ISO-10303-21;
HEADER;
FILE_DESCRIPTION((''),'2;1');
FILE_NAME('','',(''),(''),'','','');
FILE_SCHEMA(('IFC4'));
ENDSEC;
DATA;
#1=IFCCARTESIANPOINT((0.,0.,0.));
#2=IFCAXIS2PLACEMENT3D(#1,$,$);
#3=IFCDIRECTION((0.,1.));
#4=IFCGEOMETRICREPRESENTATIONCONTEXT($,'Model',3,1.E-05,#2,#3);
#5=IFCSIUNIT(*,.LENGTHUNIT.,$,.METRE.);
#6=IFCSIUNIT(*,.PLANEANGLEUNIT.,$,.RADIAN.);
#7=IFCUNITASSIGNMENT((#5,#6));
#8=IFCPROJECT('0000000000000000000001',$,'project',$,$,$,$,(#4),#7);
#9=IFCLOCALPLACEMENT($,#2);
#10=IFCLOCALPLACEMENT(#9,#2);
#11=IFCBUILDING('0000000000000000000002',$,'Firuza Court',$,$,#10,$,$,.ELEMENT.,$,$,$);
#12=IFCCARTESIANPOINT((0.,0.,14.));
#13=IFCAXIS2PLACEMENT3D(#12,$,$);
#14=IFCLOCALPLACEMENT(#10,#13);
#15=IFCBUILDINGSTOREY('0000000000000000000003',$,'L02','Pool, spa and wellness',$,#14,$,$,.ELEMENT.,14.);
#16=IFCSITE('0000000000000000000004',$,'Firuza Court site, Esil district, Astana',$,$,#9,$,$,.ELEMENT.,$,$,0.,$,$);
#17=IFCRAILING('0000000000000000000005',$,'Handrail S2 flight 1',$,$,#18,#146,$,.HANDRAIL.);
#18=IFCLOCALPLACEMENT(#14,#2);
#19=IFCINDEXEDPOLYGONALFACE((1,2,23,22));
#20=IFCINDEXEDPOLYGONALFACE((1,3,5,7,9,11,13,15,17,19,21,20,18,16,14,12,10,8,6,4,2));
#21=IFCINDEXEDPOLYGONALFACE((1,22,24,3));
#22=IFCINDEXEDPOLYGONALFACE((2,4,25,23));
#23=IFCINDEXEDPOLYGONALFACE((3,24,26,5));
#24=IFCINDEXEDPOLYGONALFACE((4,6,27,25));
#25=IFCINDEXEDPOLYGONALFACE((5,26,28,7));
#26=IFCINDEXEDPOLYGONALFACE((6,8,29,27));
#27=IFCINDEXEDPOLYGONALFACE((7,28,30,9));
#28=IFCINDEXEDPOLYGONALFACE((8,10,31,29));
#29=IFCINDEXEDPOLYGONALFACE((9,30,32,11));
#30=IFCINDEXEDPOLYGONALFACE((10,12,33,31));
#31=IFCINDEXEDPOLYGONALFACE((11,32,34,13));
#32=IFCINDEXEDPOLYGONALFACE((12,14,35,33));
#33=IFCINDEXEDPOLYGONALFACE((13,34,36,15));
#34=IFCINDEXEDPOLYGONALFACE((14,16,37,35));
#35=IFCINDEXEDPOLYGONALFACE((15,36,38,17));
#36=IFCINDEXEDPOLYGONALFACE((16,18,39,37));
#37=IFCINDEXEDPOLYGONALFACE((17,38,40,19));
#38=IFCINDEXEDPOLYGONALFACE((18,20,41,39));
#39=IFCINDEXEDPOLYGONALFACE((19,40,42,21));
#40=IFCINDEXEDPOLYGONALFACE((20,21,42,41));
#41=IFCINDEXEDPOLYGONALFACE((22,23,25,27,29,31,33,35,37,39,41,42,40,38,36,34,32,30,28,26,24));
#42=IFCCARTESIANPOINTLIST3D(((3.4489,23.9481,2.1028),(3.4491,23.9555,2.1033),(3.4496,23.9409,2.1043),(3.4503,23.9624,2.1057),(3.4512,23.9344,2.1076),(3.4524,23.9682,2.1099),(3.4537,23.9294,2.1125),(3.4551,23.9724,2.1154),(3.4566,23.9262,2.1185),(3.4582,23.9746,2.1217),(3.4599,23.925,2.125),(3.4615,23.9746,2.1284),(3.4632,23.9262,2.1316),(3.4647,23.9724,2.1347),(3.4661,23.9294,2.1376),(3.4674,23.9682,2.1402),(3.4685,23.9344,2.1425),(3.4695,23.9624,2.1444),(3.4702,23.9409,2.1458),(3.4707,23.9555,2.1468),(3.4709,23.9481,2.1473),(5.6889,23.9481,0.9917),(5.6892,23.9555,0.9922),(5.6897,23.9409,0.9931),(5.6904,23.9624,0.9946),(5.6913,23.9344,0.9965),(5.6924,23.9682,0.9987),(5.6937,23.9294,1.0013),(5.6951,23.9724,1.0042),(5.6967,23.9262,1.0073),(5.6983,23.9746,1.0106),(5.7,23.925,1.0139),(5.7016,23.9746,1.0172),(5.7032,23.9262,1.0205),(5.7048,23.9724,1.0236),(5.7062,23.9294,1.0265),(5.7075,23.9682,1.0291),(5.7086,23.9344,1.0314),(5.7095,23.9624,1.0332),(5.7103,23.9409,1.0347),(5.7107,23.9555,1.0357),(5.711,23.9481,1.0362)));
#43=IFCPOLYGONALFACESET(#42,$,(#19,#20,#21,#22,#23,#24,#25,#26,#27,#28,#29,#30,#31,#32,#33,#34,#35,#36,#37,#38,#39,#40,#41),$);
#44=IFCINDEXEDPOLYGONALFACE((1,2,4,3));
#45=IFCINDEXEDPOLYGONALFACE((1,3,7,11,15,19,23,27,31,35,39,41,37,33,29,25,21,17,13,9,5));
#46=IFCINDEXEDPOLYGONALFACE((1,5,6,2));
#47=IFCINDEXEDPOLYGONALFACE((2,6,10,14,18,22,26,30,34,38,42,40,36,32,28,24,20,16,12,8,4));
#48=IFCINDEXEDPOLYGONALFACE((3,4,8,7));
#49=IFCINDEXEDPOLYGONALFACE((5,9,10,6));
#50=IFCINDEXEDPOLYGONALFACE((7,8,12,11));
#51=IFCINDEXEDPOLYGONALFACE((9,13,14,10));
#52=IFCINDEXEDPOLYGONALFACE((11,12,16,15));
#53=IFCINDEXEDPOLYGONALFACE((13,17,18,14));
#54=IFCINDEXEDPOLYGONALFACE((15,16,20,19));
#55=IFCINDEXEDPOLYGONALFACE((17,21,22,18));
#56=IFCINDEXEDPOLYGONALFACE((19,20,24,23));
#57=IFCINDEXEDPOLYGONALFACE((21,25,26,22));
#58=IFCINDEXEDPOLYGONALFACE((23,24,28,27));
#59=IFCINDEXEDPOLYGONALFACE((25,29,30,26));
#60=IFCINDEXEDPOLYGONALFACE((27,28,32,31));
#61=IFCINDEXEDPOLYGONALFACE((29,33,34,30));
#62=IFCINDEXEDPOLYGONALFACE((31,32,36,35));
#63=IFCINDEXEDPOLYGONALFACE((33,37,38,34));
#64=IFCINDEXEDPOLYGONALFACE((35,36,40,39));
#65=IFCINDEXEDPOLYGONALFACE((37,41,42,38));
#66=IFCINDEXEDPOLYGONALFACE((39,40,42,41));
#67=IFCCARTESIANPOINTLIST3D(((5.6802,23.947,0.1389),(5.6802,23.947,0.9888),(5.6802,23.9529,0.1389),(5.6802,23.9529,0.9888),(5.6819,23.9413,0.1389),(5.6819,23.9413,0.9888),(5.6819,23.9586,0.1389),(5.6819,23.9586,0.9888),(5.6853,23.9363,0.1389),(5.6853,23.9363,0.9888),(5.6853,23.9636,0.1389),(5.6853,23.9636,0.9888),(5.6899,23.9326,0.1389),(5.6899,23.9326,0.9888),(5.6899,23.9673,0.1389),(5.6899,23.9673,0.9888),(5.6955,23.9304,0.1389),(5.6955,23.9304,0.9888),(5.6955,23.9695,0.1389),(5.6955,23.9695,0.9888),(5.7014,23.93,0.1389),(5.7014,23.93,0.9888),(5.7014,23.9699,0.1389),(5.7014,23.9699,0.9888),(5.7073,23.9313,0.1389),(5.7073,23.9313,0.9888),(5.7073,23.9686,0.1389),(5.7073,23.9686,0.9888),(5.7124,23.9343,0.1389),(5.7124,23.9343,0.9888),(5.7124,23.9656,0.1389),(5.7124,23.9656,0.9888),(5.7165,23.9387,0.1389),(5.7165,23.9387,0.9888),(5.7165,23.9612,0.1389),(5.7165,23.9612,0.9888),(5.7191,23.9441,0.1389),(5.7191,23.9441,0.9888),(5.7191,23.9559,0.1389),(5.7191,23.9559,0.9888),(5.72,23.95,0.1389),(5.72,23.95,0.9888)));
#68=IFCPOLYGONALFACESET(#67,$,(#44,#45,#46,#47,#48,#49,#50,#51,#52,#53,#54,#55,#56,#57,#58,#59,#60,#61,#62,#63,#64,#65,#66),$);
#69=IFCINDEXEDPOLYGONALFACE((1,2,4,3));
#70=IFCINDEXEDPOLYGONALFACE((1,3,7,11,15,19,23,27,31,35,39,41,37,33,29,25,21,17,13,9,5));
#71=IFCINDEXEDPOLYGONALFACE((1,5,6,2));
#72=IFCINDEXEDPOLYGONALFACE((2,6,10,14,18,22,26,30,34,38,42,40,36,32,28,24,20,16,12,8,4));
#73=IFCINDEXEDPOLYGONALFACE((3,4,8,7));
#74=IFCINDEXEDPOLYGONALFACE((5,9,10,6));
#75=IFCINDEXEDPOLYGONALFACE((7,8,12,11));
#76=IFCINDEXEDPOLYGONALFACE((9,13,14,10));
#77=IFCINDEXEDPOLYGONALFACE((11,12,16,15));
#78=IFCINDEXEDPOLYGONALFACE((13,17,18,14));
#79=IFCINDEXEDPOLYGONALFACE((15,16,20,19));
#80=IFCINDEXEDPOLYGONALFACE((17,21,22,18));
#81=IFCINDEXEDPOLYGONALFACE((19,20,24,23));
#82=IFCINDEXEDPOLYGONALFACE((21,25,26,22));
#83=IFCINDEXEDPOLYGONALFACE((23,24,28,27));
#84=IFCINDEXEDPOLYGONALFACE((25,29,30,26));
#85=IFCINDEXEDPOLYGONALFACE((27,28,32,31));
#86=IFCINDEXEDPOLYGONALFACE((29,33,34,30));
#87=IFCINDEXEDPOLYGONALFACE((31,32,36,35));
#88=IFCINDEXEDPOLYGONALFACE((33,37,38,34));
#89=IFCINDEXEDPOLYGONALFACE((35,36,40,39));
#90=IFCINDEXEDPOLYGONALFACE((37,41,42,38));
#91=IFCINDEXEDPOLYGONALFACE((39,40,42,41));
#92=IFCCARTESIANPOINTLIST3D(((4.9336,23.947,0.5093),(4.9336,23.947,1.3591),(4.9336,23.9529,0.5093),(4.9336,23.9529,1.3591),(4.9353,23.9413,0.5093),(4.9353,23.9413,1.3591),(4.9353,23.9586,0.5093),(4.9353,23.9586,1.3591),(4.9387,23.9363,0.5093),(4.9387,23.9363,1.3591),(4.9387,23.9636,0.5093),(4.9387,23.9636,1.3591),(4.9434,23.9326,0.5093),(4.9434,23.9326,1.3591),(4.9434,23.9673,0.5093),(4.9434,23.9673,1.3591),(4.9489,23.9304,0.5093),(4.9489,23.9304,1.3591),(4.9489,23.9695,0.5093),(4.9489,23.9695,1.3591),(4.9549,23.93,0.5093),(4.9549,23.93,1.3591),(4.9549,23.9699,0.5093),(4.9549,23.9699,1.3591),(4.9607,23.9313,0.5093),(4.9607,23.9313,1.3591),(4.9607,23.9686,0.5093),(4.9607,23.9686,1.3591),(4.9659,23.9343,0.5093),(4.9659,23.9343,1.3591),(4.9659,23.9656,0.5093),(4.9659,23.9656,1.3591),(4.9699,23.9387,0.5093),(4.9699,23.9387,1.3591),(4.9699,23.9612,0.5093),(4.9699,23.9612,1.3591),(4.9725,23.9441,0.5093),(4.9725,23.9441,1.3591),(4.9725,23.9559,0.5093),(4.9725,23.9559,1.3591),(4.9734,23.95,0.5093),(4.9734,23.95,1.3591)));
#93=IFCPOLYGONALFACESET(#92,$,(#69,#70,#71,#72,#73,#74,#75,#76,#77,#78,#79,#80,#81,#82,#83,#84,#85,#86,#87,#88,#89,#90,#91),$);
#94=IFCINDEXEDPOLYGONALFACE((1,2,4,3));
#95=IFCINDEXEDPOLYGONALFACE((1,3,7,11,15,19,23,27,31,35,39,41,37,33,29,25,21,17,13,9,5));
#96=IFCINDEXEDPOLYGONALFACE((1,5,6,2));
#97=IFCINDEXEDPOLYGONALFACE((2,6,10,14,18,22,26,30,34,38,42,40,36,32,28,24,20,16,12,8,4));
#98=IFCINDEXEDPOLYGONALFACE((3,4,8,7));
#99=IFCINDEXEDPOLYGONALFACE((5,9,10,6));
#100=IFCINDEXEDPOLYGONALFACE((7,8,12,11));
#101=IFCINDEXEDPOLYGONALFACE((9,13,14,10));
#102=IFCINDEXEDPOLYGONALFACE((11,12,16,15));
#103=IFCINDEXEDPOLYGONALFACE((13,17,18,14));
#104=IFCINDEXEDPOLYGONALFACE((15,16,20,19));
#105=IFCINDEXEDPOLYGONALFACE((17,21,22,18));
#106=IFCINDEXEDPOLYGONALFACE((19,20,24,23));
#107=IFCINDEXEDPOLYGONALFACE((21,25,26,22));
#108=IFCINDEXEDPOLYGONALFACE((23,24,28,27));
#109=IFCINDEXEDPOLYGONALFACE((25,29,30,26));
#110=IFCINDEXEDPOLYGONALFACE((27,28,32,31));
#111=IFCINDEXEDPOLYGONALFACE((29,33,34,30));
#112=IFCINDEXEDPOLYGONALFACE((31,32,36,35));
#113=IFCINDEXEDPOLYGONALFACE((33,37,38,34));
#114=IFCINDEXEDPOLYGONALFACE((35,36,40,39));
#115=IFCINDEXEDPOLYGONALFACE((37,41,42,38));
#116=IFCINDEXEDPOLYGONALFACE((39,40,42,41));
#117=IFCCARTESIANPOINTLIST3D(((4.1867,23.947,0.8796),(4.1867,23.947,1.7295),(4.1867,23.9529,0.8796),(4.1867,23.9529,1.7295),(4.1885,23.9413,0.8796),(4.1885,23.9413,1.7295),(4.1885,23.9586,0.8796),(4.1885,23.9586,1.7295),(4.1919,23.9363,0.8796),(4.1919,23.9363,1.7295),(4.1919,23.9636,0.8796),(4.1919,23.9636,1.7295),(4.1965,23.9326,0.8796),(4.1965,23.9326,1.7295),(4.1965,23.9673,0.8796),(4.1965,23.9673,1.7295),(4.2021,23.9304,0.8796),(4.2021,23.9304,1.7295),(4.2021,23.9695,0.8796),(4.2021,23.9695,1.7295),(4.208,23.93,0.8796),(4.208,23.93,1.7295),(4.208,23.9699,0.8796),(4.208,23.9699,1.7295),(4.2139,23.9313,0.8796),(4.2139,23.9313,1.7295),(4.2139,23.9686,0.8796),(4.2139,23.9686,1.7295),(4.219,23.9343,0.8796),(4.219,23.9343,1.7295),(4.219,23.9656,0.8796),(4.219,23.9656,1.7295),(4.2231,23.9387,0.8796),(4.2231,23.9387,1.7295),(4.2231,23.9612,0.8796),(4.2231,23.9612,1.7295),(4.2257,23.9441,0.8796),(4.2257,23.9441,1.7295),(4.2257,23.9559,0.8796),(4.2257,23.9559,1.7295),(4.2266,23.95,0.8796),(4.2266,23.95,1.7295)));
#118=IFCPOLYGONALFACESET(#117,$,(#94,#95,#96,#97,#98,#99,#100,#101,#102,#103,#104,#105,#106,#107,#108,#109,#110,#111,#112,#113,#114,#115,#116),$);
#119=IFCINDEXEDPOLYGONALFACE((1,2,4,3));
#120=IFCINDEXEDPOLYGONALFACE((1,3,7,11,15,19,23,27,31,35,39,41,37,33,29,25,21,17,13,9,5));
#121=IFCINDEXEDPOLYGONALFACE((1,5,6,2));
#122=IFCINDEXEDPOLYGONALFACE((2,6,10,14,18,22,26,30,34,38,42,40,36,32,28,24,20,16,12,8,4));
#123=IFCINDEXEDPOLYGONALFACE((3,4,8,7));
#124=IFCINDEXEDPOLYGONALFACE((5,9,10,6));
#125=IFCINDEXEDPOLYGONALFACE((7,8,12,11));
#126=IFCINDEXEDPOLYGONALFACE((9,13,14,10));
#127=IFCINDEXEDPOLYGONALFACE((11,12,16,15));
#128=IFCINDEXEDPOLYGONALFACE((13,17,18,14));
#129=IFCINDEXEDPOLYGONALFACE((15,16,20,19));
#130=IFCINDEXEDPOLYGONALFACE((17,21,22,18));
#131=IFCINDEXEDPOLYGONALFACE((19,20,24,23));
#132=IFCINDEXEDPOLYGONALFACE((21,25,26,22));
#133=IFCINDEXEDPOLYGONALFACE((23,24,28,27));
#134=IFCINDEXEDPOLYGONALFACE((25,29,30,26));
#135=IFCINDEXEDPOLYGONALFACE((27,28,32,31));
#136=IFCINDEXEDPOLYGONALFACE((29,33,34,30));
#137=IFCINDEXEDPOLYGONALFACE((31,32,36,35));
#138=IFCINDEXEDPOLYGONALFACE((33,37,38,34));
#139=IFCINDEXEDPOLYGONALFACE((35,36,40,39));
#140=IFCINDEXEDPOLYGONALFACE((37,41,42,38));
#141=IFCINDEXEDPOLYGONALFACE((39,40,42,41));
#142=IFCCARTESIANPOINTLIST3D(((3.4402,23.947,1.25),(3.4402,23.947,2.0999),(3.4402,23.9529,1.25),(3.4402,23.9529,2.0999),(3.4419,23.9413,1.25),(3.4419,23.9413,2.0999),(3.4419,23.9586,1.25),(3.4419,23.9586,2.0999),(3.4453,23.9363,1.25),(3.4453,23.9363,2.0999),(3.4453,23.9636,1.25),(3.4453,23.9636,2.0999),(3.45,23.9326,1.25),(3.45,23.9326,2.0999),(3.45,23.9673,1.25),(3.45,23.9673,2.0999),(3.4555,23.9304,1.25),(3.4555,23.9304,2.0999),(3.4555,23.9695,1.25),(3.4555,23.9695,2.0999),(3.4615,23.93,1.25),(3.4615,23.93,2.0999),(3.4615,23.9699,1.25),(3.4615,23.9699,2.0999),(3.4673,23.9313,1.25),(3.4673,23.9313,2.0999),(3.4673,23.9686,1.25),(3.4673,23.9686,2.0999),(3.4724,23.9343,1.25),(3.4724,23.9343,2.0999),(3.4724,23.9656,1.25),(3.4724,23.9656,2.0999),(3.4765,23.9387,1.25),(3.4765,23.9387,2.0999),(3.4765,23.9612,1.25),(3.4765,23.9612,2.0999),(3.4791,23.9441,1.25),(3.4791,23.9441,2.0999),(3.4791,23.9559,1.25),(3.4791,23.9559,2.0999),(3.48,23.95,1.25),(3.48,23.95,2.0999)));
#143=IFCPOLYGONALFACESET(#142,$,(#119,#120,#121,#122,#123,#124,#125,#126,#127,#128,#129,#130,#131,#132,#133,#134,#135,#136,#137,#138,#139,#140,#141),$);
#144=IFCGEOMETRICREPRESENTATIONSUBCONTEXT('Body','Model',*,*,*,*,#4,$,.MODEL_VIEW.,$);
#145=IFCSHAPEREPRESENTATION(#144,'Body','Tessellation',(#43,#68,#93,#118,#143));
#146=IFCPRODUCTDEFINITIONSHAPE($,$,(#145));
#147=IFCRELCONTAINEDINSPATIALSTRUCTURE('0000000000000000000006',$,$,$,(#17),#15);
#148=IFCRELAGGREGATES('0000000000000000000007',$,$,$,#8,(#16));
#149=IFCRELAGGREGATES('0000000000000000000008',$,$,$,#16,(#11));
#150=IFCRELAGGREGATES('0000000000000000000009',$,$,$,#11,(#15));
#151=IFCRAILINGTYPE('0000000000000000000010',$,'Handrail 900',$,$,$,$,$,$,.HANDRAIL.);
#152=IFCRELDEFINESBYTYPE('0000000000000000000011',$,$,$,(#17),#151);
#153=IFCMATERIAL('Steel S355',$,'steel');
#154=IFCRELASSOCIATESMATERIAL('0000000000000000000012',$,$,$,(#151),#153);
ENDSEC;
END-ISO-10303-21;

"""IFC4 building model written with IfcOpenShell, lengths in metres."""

from ifc_helpers import new_model, si_unit, direction, frame, origin, origin_2d, place, context, subcontext, project, spatial, circle, extrude, material, type_object, element, save


model = new_model("IFC4")

# Units and contexts
model_context = context("Model", 3, precision=1e-05, world=origin(), true_north=direction((0.0, 1.0)))
body_context = subcontext(model_context, "Body", "Model", "MODEL_VIEW")
ifc_project = project(units=[si_unit("LENGTHUNIT", "METRE"), si_unit("PLANEANGLEUNIT", "RADIAN")], contexts=[model_context])

# Site, building, storey
site_placement = place(None, origin())
site = spatial("IfcSite", under=ifc_project, at=site_placement, Name="Firuza Court site, Esil district, Astana", CompositionType="ELEMENT", RefElevation=0.0)
building_placement = place(site_placement, origin())
building = spatial("IfcBuilding", under=site, at=building_placement, Name="Firuza Court", CompositionType="ELEMENT")
storey_placement = place(building_placement, frame((0.0, 0.0, 14.0)))
storey = spatial("IfcBuildingStorey", under=building, at=storey_placement, Name="L02", Description="Pool, spa and wellness", CompositionType="ELEMENT", Elevation=14.0)

# Railing
ifc_material_1 = material(Name="Steel S355", Category="steel")
railing_type = type_object("IfcRailingType", Name="Handrail 900", PredefinedType="HANDRAIL", material=ifc_material_1)
for number, where, name in (
    (1, (5.7, 23.95, 0.1389), "Handrail S2 flight 1"),
):
    element("IfcRailing", number, at=place(storey_placement, frame(where)), inside=storey, type_object=railing_type, Name=name, PredefinedType="HANDRAIL", context=body_context, shape_type="SweptSolid", body=[
        extrude(circle(Radius=0.0249, at=origin_2d()), frame((0.0, 0.0, 0.875), z_axis=(-0.895848, 0.0, 0.44436), x_axis=(0.0, -1.0, 0.0)), (0.0, 0.0, 1.0), 2.5005),
        extrude(circle(Radius=0.02, at=origin_2d()), origin(), (0.0, 0.0, 1.0), 0.8499),
        extrude(circle(Radius=0.02, at=origin_2d()), frame((-0.7466, 0.0, 0.3704)), (0.0, 0.0, 1.0), 0.8499),
        extrude(circle(Radius=0.02, at=origin_2d()), frame((-1.4934, 0.0, 0.7407)), (0.0, 0.0, 1.0), 0.8499),
        extrude(circle(Radius=0.02, at=origin_2d()), frame((-2.24, 0.0, 1.1111)), (0.0, 0.0, 1.0), 0.8499),
    ])

save(model, "model.ifc")
